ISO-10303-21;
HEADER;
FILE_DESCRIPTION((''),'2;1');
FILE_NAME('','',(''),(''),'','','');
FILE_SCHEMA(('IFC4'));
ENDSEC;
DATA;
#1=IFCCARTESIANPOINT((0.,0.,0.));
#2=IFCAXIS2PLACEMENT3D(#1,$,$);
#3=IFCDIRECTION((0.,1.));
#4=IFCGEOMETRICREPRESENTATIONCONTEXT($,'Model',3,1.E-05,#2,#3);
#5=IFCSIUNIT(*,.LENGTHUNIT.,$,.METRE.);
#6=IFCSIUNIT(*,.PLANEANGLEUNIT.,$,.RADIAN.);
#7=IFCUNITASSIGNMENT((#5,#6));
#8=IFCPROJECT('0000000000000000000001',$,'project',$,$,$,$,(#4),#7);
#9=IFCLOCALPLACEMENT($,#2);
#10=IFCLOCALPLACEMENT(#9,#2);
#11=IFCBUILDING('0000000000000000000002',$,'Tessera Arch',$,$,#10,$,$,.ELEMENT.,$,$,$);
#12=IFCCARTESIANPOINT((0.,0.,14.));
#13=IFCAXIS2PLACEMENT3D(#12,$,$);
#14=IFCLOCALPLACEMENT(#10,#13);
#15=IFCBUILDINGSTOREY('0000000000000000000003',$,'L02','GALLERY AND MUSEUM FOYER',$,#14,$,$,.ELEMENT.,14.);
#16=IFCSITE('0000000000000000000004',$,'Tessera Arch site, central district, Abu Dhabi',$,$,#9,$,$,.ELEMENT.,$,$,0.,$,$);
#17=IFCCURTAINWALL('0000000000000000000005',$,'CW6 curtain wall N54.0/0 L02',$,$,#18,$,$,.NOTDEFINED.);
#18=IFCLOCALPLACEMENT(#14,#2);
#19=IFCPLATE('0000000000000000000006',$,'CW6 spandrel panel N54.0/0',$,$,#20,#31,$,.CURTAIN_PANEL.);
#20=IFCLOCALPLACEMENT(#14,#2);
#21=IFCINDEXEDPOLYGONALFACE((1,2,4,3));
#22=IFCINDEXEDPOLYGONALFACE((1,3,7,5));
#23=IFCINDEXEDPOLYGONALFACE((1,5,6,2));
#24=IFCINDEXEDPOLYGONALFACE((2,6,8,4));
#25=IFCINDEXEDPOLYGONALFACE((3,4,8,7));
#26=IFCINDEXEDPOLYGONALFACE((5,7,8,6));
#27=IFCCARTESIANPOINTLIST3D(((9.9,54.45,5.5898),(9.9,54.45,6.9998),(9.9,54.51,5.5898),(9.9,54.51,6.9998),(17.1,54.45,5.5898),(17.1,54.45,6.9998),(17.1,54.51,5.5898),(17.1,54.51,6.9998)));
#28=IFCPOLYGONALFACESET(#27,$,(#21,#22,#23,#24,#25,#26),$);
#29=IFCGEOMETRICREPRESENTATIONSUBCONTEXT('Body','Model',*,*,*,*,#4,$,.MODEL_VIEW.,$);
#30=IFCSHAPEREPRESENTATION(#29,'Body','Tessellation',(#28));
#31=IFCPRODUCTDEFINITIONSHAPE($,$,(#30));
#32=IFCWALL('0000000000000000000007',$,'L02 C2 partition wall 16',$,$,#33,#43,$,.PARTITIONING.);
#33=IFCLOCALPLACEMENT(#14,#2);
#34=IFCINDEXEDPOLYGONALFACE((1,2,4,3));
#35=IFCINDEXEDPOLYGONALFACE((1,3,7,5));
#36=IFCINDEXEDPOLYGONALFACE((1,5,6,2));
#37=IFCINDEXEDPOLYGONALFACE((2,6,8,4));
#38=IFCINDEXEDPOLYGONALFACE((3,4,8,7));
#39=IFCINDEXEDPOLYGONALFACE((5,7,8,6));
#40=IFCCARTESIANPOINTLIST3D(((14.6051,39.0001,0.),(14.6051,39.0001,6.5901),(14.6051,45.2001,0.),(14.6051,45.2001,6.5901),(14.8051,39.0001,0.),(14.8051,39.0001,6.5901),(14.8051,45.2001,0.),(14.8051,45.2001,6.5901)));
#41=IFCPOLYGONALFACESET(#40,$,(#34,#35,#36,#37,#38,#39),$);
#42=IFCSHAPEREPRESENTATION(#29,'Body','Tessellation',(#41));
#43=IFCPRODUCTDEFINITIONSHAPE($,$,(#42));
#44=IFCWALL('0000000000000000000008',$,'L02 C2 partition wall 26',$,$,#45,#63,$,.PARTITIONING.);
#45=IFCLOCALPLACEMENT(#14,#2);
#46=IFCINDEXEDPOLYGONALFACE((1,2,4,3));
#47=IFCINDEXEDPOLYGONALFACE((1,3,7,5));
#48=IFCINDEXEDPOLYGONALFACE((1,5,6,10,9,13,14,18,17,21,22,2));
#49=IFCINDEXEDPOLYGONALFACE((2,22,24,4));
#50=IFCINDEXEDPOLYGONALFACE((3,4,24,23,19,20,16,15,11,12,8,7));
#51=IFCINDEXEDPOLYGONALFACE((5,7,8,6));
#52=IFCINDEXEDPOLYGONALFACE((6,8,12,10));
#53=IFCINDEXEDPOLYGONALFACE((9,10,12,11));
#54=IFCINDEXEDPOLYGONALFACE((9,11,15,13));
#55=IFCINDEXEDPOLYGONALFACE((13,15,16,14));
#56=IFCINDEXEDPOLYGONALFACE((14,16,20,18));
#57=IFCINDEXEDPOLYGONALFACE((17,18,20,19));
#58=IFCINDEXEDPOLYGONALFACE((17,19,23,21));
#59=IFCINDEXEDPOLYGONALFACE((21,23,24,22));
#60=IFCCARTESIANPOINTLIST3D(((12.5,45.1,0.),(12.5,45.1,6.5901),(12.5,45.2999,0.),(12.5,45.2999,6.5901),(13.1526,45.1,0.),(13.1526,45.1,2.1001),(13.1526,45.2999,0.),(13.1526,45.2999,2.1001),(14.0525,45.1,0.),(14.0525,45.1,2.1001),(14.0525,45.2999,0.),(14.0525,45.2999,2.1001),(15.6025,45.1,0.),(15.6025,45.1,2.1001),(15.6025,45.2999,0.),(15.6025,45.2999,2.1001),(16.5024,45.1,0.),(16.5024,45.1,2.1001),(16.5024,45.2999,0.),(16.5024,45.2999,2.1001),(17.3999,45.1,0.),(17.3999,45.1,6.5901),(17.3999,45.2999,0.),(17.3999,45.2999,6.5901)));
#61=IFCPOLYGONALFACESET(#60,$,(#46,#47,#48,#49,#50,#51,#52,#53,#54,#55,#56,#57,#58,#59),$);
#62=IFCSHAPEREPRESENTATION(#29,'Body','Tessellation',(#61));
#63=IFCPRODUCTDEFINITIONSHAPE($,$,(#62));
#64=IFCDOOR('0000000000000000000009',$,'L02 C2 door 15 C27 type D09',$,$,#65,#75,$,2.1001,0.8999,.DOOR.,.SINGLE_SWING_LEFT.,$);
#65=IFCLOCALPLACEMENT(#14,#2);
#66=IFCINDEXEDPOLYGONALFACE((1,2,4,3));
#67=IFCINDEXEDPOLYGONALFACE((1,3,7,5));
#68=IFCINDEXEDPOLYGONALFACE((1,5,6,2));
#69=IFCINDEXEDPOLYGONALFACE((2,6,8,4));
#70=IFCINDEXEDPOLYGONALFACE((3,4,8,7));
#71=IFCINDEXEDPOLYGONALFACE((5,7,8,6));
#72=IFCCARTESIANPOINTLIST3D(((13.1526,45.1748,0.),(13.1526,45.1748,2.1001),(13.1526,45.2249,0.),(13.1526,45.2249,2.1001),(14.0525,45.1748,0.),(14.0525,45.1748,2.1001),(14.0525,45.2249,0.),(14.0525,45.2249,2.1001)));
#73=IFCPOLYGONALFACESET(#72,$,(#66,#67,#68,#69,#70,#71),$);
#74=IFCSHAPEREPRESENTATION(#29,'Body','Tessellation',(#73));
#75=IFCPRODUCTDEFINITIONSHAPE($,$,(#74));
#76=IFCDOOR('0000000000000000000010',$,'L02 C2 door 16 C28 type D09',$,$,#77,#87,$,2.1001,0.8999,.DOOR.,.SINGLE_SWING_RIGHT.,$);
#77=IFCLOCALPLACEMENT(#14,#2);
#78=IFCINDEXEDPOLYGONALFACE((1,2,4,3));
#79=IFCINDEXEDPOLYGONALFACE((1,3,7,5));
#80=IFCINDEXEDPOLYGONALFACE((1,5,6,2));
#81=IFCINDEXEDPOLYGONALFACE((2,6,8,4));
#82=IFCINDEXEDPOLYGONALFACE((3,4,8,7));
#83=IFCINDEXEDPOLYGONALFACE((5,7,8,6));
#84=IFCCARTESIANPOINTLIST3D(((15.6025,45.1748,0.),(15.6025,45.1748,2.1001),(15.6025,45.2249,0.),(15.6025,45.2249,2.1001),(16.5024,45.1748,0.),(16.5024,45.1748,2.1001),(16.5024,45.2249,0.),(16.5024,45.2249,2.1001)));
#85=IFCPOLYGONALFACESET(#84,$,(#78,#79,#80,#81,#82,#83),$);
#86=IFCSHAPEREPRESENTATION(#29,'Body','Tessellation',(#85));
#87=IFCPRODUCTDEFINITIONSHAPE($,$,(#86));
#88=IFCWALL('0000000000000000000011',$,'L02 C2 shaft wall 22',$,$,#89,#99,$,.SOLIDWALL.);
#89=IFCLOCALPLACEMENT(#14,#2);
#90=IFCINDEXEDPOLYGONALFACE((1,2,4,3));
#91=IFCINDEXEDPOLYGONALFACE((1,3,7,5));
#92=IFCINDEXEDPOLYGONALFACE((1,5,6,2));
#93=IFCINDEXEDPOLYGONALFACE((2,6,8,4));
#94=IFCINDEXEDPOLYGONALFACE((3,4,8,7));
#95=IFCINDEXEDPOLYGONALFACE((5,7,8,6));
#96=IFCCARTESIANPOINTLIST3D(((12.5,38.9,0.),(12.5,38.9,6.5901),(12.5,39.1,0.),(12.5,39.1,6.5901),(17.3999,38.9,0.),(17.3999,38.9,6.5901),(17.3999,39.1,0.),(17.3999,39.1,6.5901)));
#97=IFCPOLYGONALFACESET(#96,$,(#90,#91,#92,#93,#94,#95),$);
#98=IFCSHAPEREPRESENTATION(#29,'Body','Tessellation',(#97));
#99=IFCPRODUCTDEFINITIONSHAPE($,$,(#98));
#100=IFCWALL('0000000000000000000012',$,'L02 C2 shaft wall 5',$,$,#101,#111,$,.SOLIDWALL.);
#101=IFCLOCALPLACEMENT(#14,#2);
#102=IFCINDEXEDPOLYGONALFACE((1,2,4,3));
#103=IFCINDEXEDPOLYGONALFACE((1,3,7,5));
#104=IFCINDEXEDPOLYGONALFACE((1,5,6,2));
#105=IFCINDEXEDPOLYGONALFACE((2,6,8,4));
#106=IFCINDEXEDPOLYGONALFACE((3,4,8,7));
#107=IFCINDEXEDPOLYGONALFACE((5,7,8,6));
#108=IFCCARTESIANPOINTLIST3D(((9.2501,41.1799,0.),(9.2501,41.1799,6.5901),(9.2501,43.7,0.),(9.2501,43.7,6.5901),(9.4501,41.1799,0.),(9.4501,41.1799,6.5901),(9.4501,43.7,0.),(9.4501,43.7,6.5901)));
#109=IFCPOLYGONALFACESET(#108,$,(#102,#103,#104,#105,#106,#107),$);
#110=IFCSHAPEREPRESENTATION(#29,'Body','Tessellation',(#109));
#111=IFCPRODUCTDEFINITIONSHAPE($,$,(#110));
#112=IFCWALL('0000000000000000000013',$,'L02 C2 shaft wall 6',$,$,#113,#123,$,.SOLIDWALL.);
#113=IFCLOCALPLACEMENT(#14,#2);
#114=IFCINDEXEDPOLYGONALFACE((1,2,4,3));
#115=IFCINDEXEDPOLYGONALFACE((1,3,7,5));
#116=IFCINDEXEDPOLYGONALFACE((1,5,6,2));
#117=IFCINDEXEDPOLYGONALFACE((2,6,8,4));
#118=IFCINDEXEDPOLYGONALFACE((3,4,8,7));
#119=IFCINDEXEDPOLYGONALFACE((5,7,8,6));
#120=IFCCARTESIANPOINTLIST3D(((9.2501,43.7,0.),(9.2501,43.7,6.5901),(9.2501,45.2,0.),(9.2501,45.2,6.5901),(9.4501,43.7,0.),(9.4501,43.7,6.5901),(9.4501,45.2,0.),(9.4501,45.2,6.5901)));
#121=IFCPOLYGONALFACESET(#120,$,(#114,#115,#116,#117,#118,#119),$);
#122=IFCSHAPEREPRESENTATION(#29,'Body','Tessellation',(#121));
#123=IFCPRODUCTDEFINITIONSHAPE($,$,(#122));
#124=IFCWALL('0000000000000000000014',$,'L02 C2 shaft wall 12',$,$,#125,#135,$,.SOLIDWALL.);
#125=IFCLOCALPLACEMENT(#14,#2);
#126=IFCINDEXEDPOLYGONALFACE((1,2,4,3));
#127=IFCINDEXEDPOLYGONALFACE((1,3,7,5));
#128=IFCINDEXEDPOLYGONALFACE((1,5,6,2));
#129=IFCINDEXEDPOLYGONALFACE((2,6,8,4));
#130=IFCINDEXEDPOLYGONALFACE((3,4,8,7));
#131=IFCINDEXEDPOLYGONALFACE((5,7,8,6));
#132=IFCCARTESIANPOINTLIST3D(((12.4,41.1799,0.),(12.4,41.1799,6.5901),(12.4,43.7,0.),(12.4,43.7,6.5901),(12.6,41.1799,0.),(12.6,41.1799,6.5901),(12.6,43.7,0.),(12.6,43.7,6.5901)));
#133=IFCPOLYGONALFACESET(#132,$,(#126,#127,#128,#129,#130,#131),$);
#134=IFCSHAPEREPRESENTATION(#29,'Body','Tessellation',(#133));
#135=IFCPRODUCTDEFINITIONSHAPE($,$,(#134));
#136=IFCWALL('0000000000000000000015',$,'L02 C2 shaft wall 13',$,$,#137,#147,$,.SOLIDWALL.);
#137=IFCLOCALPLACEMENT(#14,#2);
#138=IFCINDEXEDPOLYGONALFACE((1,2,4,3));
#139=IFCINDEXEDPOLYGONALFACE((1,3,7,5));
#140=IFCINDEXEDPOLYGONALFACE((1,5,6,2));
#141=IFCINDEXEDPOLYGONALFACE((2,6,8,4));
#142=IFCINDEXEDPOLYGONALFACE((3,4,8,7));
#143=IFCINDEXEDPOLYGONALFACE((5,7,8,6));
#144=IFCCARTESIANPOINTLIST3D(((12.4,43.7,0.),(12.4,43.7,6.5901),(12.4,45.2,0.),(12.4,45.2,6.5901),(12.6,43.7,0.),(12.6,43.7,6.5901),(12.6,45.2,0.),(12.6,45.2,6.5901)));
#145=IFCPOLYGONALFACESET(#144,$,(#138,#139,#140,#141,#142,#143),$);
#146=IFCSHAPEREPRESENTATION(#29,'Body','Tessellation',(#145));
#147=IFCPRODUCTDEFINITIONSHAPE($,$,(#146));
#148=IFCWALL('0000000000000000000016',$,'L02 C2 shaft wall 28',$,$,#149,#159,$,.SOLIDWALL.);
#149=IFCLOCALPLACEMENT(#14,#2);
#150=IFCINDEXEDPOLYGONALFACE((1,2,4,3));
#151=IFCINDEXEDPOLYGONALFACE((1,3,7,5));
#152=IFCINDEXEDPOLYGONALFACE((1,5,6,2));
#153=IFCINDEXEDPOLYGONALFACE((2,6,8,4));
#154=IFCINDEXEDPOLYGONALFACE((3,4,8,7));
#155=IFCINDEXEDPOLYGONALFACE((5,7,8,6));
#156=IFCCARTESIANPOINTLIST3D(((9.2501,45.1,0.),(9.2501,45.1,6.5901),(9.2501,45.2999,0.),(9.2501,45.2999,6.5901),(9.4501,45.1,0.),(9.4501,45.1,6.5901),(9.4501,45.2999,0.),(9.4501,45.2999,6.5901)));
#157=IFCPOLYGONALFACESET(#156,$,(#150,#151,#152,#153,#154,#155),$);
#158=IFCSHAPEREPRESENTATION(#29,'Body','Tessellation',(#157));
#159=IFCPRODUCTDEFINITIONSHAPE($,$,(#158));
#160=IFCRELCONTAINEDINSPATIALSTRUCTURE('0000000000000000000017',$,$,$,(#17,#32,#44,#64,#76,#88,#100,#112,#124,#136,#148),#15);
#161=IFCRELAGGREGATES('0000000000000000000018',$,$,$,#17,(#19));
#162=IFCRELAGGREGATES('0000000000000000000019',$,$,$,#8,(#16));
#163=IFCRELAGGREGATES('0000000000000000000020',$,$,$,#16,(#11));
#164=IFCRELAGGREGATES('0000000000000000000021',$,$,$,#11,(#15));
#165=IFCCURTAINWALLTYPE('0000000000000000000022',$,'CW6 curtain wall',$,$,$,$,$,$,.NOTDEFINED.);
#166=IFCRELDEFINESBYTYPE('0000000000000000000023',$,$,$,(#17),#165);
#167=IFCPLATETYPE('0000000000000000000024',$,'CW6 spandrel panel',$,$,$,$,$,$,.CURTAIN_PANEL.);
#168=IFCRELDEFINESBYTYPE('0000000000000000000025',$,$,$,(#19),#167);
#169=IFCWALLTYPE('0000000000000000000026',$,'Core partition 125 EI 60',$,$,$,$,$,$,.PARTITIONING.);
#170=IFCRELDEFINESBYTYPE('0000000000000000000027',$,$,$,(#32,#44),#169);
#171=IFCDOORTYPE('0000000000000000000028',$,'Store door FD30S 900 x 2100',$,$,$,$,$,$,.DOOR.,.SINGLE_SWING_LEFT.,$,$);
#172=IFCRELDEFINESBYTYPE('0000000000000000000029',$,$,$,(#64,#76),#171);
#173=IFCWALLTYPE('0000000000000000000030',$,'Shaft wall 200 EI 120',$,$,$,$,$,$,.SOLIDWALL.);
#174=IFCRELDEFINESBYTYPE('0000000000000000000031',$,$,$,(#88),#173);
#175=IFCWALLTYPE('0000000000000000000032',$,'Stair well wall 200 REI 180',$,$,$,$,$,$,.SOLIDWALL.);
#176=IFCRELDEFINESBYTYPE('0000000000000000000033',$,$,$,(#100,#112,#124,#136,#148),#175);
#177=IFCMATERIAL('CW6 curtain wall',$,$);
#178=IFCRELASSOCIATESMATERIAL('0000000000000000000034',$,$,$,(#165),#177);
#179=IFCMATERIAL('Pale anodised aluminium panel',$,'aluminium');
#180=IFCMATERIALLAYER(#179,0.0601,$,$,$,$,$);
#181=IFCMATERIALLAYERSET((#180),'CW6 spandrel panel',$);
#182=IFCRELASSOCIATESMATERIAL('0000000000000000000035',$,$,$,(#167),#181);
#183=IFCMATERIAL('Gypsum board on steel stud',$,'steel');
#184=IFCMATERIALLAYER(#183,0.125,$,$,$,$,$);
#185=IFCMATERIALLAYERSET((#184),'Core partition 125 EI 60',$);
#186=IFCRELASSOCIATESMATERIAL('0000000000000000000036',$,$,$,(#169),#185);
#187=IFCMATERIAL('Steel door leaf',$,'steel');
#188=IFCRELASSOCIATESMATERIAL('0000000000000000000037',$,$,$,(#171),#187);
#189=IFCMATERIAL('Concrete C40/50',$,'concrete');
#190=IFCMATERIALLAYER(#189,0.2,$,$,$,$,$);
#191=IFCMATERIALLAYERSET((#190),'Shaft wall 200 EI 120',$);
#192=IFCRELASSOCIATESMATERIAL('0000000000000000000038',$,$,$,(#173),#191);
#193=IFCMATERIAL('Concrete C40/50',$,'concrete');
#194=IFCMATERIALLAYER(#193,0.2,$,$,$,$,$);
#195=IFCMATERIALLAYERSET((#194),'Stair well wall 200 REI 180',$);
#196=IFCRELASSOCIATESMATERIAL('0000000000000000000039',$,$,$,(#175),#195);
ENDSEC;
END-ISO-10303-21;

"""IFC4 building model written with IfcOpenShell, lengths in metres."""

from ifc_helpers import new_model, si_unit, direction, frame, frame_2d, origin, origin_2d, place, context, subcontext, project, spatial, rectangle, extrude, material, layer, layer_set, type_object, element, fill, aggregate, save


model = new_model("IFC4")

# Units and contexts
model_context = context("Model", 3, precision=1e-05, world=origin(), true_north=direction((0.0, 1.0)))
body_context = subcontext(model_context, "Body", "Model", "MODEL_VIEW")
ifc_project = project(units=[si_unit("LENGTHUNIT", "METRE"), si_unit("PLANEANGLEUNIT", "RADIAN")], contexts=[model_context])

# Site, building, storey
site_placement = place(None, origin())
site = spatial("IfcSite", under=ifc_project, at=site_placement, Name="Tessera Arch site, central district, Abu Dhabi", CompositionType="ELEMENT", RefElevation=0.0)
building_placement = place(site_placement, origin())
building = spatial("IfcBuilding", under=site, at=building_placement, Name="Tessera Arch", CompositionType="ELEMENT")
storey_placement = place(building_placement, frame((0.0, 0.0, 14.0)))
storey = spatial("IfcBuildingStorey", under=building, at=storey_placement, Name="L02", Description="GALLERY AND MUSEUM FOYER", CompositionType="ELEMENT", Elevation=14.0)

# Curtain wall
ifc_material_1 = material(Name="CW6 curtain wall")
curtain_wall_type = type_object("IfcCurtainWallType", Name="CW6 curtain wall", PredefinedType="NOTDEFINED", material=ifc_material_1)
curtain_wall_placement = place(storey_placement, origin())
curtain_wall = element("IfcCurtainWall", 1, at=curtain_wall_placement, inside=storey, type_object=curtain_wall_type, Name="CW6 curtain wall N54.0/0 L02", PredefinedType="NOTDEFINED")

# Plate
ifc_material_2 = material(Name="Pale anodised aluminium panel", Category="aluminium")
ifc_layer_1 = layer(ifc_material_2, 0.0601)
ifc_layer_set_1 = layer_set([ifc_layer_1], Name="CW6 spandrel panel")
plate_type_1 = type_object("IfcPlateType", Name="CW6 spandrel panel", PredefinedType="CURTAIN_PANEL", material=ifc_layer_set_1)
plate_1_placement = place(storey_placement, frame((13.5, 54.48, 5.5898), z_axis=(0.0, 0.0, 1.0), x_axis=(-1.0, 0.0, 0.0)))
plate_1 = element("IfcPlate", 2, at=plate_1_placement, type_object=plate_type_1, Name="CW6 spandrel panel N54.0/0", PredefinedType="CURTAIN_PANEL", context=body_context, shape_type="SweptSolid", body=[
    extrude(rectangle(XDim=7.2, YDim=0.0601, at=origin_2d()), origin(), (0.0, 0.0, 1.0), 1.4099),
])
aggregate(curtain_wall, [plate_1])

# Wall
ifc_material_3 = material(Name="Gypsum board on steel stud", Category="steel")
ifc_layer_2 = layer(ifc_material_3, 0.125)
ifc_layer_set_2 = layer_set([ifc_layer_2], Name="Core partition 125 EI 60")
wall_type_1 = type_object("IfcWallType", Name="Core partition 125 EI 60", PredefinedType="PARTITIONING", material=ifc_layer_set_2)
wall_1_placement = place(storey_placement, frame((14.7051, 39.0, 0.0), z_axis=(0.0, 0.0, 1.0), x_axis=(0.0, 1.0, 0.0)))
element("IfcWall", 3, at=wall_1_placement, inside=storey, type_object=wall_type_1, Name="L02 C2 partition wall 16", PredefinedType="PARTITIONING", context=body_context, shape_type="SweptSolid", body=[
    extrude(rectangle(XDim=6.2, YDim=0.2, at=frame_2d((3.1001, 0.0))), origin(), (0.0, 0.0, 1.0), 6.5901),
])

# Wall, openings, doors
wall_2_placement = place(storey_placement, frame((12.5, 45.2, 0.0), z_axis=(0.0, 0.0, 1.0), x_axis=(1.0, 0.0, 0.0)))
wall_2 = element("IfcWall", 4, at=wall_2_placement, inside=storey, type_object=wall_type_1, Name="L02 C2 partition wall 26", PredefinedType="PARTITIONING", context=body_context, shape_type="SweptSolid", body=[
    extrude(rectangle(XDim=4.8999, YDim=0.2, at=frame_2d((2.45, 0.0))), origin(), (0.0, 0.0, 1.0), 6.5901),
])
opening_1_placement = place(wall_2_placement, frame((0.6526, 0.0, 0.0)))
opening_1 = element("IfcOpeningElement", 5, at=opening_1_placement, cuts=wall_2, PredefinedType="OPENING", context=body_context, shape_type="SweptSolid", body=[
    extrude(rectangle(XDim=0.8999, YDim=2.1001, at=frame_2d((0.45, 1.05))), frame((0.0, 0.1099, 0.0), z_axis=(0.0, -1.0, 0.0), x_axis=(1.0, 0.0, 0.0)), (0.0, 0.0, 1.0), 0.22),
])
opening_2_placement = place(wall_2_placement, frame((3.1025, 0.0, 0.0)))
opening_2 = element("IfcOpeningElement", 6, at=opening_2_placement, cuts=wall_2, PredefinedType="OPENING", context=body_context, shape_type="SweptSolid", body=[
    extrude(rectangle(XDim=0.8999, YDim=2.1001, at=frame_2d((0.45, 1.05))), frame((0.0, 0.1099, 0.0), z_axis=(0.0, -1.0, 0.0), x_axis=(1.0, 0.0, 0.0)), (0.0, 0.0, 1.0), 0.22),
])
ifc_material_4 = material(Name="Steel door leaf", Category="steel")
door_type_1 = type_object("IfcDoorType", Name="Store door FD30S 900 x 2100", OperationType="SINGLE_SWING_LEFT", PredefinedType="DOOR", material=ifc_material_4)
door_1_placement = place(opening_1_placement, origin())
door_1 = element("IfcDoor", 7, at=door_1_placement, inside=storey, type_object=door_type_1, Name="L02 C2 door 15 C27 type D09", OperationType="SINGLE_SWING_LEFT", OverallHeight=2.1001, OverallWidth=0.8999, PredefinedType="DOOR", context=body_context, shape_type="SweptSolid", body=[
    extrude(rectangle(XDim=0.8999, YDim=2.1001, at=frame_2d((0.45, 1.05))), frame((0.0, 0.0249, 0.0), z_axis=(0.0, -1.0, 0.0), x_axis=(1.0, 0.0, 0.0)), (0.0, 0.0, 1.0), 0.05),
])
fill(opening_1, door_1)
door_2_placement = place(opening_2_placement, origin())
door_2 = element("IfcDoor", 8, at=door_2_placement, inside=storey, type_object=door_type_1, Name="L02 C2 door 16 C28 type D09", OperationType="SINGLE_SWING_RIGHT", OverallHeight=2.1001, OverallWidth=0.8999, PredefinedType="DOOR", context=body_context, shape_type="SweptSolid", body=[
    extrude(rectangle(XDim=0.8999, YDim=2.1001, at=frame_2d((0.45, 1.05))), frame((0.0, 0.0249, 0.0), z_axis=(0.0, -1.0, 0.0), x_axis=(1.0, 0.0, 0.0)), (0.0, 0.0, 1.0), 0.05),
])
fill(opening_2, door_2)

# Walls
ifc_material_5 = material(Name="Concrete C40/50", Category="concrete")
ifc_layer_3 = layer(ifc_material_5, 0.2)
ifc_layer_set_3 = layer_set([ifc_layer_3], Name="Shaft wall 200 EI 120")
wall_type_2 = type_object("IfcWallType", Name="Shaft wall 200 EI 120", PredefinedType="SOLIDWALL", material=ifc_layer_set_3)
wall_3_placement = place(storey_placement, frame((12.5, 39.0, 0.0), z_axis=(0.0, 0.0, 1.0), x_axis=(1.0, 0.0, 0.0)))
element("IfcWall", 9, at=wall_3_placement, inside=storey, type_object=wall_type_2, Name="L02 C2 shaft wall 22", PredefinedType="SOLIDWALL", context=body_context, shape_type="SweptSolid", body=[
    extrude(rectangle(XDim=4.8999, YDim=0.2, at=frame_2d((2.45, 0.0))), origin(), (0.0, 0.0, 1.0), 6.5901),
])
ifc_material_6 = material(Name="Concrete C40/50", Category="concrete")
ifc_layer_4 = layer(ifc_material_6, 0.2)
ifc_layer_set_4 = layer_set([ifc_layer_4], Name="Stair well wall 200 REI 180")
wall_type_3 = type_object("IfcWallType", Name="Stair well wall 200 REI 180", PredefinedType="SOLIDWALL", material=ifc_layer_set_4)
wall_4_placement = place(storey_placement, frame((9.3501, 41.1799, 0.0), z_axis=(0.0, 0.0, 1.0), x_axis=(0.0, 1.0, 0.0)))
element("IfcWall", 10, at=wall_4_placement, inside=storey, type_object=wall_type_3, Name="L02 C2 shaft wall 5", PredefinedType="SOLIDWALL", context=body_context, shape_type="SweptSolid", body=[
    extrude(rectangle(XDim=2.52, YDim=0.2, at=frame_2d((1.26, 0.0))), origin(), (0.0, 0.0, 1.0), 6.5901),
])
wall_5_placement = place(storey_placement, frame((9.3501, 43.7, 0.0), z_axis=(0.0, 0.0, 1.0), x_axis=(0.0, 1.0, 0.0)))
element("IfcWall", 11, at=wall_5_placement, inside=storey, type_object=wall_type_3, Name="L02 C2 shaft wall 6", PredefinedType="SOLIDWALL", context=body_context, shape_type="SweptSolid", body=[
    extrude(rectangle(XDim=1.5, YDim=0.2, at=frame_2d((0.75, 0.0))), origin(), (0.0, 0.0, 1.0), 6.5901),
])
wall_6_placement = place(storey_placement, frame((12.5, 41.1799, 0.0), z_axis=(0.0, 0.0, 1.0), x_axis=(0.0, 1.0, 0.0)))
element("IfcWall", 12, at=wall_6_placement, inside=storey, type_object=wall_type_3, Name="L02 C2 shaft wall 12", PredefinedType="SOLIDWALL", context=body_context, shape_type="SweptSolid", body=[
    extrude(rectangle(XDim=2.52, YDim=0.2, at=frame_2d((1.26, 0.0))), origin(), (0.0, 0.0, 1.0), 6.5901),
])
wall_7_placement = place(storey_placement, frame((12.5, 43.7, 0.0), z_axis=(0.0, 0.0, 1.0), x_axis=(0.0, 1.0, 0.0)))
element("IfcWall", 13, at=wall_7_placement, inside=storey, type_object=wall_type_3, Name="L02 C2 shaft wall 13", PredefinedType="SOLIDWALL", context=body_context, shape_type="SweptSolid", body=[
    extrude(rectangle(XDim=1.5, YDim=0.2, at=frame_2d((0.75, 0.0))), origin(), (0.0, 0.0, 1.0), 6.5901),
])
wall_8_placement = place(storey_placement, frame((9.25, 45.2, 0.0), z_axis=(0.0, 0.0, 1.0), x_axis=(1.0, 0.0, 0.0)))
element("IfcWall", 14, at=wall_8_placement, inside=storey, type_object=wall_type_3, Name="L02 C2 shaft wall 28", PredefinedType="SOLIDWALL", context=body_context, shape_type="SweptSolid", body=[
    extrude(rectangle(XDim=0.2, YDim=0.2, at=frame_2d((0.1001, 0.0))), origin(), (0.0, 0.0, 1.0), 6.5901),
])

save(model, "model.ifc")
